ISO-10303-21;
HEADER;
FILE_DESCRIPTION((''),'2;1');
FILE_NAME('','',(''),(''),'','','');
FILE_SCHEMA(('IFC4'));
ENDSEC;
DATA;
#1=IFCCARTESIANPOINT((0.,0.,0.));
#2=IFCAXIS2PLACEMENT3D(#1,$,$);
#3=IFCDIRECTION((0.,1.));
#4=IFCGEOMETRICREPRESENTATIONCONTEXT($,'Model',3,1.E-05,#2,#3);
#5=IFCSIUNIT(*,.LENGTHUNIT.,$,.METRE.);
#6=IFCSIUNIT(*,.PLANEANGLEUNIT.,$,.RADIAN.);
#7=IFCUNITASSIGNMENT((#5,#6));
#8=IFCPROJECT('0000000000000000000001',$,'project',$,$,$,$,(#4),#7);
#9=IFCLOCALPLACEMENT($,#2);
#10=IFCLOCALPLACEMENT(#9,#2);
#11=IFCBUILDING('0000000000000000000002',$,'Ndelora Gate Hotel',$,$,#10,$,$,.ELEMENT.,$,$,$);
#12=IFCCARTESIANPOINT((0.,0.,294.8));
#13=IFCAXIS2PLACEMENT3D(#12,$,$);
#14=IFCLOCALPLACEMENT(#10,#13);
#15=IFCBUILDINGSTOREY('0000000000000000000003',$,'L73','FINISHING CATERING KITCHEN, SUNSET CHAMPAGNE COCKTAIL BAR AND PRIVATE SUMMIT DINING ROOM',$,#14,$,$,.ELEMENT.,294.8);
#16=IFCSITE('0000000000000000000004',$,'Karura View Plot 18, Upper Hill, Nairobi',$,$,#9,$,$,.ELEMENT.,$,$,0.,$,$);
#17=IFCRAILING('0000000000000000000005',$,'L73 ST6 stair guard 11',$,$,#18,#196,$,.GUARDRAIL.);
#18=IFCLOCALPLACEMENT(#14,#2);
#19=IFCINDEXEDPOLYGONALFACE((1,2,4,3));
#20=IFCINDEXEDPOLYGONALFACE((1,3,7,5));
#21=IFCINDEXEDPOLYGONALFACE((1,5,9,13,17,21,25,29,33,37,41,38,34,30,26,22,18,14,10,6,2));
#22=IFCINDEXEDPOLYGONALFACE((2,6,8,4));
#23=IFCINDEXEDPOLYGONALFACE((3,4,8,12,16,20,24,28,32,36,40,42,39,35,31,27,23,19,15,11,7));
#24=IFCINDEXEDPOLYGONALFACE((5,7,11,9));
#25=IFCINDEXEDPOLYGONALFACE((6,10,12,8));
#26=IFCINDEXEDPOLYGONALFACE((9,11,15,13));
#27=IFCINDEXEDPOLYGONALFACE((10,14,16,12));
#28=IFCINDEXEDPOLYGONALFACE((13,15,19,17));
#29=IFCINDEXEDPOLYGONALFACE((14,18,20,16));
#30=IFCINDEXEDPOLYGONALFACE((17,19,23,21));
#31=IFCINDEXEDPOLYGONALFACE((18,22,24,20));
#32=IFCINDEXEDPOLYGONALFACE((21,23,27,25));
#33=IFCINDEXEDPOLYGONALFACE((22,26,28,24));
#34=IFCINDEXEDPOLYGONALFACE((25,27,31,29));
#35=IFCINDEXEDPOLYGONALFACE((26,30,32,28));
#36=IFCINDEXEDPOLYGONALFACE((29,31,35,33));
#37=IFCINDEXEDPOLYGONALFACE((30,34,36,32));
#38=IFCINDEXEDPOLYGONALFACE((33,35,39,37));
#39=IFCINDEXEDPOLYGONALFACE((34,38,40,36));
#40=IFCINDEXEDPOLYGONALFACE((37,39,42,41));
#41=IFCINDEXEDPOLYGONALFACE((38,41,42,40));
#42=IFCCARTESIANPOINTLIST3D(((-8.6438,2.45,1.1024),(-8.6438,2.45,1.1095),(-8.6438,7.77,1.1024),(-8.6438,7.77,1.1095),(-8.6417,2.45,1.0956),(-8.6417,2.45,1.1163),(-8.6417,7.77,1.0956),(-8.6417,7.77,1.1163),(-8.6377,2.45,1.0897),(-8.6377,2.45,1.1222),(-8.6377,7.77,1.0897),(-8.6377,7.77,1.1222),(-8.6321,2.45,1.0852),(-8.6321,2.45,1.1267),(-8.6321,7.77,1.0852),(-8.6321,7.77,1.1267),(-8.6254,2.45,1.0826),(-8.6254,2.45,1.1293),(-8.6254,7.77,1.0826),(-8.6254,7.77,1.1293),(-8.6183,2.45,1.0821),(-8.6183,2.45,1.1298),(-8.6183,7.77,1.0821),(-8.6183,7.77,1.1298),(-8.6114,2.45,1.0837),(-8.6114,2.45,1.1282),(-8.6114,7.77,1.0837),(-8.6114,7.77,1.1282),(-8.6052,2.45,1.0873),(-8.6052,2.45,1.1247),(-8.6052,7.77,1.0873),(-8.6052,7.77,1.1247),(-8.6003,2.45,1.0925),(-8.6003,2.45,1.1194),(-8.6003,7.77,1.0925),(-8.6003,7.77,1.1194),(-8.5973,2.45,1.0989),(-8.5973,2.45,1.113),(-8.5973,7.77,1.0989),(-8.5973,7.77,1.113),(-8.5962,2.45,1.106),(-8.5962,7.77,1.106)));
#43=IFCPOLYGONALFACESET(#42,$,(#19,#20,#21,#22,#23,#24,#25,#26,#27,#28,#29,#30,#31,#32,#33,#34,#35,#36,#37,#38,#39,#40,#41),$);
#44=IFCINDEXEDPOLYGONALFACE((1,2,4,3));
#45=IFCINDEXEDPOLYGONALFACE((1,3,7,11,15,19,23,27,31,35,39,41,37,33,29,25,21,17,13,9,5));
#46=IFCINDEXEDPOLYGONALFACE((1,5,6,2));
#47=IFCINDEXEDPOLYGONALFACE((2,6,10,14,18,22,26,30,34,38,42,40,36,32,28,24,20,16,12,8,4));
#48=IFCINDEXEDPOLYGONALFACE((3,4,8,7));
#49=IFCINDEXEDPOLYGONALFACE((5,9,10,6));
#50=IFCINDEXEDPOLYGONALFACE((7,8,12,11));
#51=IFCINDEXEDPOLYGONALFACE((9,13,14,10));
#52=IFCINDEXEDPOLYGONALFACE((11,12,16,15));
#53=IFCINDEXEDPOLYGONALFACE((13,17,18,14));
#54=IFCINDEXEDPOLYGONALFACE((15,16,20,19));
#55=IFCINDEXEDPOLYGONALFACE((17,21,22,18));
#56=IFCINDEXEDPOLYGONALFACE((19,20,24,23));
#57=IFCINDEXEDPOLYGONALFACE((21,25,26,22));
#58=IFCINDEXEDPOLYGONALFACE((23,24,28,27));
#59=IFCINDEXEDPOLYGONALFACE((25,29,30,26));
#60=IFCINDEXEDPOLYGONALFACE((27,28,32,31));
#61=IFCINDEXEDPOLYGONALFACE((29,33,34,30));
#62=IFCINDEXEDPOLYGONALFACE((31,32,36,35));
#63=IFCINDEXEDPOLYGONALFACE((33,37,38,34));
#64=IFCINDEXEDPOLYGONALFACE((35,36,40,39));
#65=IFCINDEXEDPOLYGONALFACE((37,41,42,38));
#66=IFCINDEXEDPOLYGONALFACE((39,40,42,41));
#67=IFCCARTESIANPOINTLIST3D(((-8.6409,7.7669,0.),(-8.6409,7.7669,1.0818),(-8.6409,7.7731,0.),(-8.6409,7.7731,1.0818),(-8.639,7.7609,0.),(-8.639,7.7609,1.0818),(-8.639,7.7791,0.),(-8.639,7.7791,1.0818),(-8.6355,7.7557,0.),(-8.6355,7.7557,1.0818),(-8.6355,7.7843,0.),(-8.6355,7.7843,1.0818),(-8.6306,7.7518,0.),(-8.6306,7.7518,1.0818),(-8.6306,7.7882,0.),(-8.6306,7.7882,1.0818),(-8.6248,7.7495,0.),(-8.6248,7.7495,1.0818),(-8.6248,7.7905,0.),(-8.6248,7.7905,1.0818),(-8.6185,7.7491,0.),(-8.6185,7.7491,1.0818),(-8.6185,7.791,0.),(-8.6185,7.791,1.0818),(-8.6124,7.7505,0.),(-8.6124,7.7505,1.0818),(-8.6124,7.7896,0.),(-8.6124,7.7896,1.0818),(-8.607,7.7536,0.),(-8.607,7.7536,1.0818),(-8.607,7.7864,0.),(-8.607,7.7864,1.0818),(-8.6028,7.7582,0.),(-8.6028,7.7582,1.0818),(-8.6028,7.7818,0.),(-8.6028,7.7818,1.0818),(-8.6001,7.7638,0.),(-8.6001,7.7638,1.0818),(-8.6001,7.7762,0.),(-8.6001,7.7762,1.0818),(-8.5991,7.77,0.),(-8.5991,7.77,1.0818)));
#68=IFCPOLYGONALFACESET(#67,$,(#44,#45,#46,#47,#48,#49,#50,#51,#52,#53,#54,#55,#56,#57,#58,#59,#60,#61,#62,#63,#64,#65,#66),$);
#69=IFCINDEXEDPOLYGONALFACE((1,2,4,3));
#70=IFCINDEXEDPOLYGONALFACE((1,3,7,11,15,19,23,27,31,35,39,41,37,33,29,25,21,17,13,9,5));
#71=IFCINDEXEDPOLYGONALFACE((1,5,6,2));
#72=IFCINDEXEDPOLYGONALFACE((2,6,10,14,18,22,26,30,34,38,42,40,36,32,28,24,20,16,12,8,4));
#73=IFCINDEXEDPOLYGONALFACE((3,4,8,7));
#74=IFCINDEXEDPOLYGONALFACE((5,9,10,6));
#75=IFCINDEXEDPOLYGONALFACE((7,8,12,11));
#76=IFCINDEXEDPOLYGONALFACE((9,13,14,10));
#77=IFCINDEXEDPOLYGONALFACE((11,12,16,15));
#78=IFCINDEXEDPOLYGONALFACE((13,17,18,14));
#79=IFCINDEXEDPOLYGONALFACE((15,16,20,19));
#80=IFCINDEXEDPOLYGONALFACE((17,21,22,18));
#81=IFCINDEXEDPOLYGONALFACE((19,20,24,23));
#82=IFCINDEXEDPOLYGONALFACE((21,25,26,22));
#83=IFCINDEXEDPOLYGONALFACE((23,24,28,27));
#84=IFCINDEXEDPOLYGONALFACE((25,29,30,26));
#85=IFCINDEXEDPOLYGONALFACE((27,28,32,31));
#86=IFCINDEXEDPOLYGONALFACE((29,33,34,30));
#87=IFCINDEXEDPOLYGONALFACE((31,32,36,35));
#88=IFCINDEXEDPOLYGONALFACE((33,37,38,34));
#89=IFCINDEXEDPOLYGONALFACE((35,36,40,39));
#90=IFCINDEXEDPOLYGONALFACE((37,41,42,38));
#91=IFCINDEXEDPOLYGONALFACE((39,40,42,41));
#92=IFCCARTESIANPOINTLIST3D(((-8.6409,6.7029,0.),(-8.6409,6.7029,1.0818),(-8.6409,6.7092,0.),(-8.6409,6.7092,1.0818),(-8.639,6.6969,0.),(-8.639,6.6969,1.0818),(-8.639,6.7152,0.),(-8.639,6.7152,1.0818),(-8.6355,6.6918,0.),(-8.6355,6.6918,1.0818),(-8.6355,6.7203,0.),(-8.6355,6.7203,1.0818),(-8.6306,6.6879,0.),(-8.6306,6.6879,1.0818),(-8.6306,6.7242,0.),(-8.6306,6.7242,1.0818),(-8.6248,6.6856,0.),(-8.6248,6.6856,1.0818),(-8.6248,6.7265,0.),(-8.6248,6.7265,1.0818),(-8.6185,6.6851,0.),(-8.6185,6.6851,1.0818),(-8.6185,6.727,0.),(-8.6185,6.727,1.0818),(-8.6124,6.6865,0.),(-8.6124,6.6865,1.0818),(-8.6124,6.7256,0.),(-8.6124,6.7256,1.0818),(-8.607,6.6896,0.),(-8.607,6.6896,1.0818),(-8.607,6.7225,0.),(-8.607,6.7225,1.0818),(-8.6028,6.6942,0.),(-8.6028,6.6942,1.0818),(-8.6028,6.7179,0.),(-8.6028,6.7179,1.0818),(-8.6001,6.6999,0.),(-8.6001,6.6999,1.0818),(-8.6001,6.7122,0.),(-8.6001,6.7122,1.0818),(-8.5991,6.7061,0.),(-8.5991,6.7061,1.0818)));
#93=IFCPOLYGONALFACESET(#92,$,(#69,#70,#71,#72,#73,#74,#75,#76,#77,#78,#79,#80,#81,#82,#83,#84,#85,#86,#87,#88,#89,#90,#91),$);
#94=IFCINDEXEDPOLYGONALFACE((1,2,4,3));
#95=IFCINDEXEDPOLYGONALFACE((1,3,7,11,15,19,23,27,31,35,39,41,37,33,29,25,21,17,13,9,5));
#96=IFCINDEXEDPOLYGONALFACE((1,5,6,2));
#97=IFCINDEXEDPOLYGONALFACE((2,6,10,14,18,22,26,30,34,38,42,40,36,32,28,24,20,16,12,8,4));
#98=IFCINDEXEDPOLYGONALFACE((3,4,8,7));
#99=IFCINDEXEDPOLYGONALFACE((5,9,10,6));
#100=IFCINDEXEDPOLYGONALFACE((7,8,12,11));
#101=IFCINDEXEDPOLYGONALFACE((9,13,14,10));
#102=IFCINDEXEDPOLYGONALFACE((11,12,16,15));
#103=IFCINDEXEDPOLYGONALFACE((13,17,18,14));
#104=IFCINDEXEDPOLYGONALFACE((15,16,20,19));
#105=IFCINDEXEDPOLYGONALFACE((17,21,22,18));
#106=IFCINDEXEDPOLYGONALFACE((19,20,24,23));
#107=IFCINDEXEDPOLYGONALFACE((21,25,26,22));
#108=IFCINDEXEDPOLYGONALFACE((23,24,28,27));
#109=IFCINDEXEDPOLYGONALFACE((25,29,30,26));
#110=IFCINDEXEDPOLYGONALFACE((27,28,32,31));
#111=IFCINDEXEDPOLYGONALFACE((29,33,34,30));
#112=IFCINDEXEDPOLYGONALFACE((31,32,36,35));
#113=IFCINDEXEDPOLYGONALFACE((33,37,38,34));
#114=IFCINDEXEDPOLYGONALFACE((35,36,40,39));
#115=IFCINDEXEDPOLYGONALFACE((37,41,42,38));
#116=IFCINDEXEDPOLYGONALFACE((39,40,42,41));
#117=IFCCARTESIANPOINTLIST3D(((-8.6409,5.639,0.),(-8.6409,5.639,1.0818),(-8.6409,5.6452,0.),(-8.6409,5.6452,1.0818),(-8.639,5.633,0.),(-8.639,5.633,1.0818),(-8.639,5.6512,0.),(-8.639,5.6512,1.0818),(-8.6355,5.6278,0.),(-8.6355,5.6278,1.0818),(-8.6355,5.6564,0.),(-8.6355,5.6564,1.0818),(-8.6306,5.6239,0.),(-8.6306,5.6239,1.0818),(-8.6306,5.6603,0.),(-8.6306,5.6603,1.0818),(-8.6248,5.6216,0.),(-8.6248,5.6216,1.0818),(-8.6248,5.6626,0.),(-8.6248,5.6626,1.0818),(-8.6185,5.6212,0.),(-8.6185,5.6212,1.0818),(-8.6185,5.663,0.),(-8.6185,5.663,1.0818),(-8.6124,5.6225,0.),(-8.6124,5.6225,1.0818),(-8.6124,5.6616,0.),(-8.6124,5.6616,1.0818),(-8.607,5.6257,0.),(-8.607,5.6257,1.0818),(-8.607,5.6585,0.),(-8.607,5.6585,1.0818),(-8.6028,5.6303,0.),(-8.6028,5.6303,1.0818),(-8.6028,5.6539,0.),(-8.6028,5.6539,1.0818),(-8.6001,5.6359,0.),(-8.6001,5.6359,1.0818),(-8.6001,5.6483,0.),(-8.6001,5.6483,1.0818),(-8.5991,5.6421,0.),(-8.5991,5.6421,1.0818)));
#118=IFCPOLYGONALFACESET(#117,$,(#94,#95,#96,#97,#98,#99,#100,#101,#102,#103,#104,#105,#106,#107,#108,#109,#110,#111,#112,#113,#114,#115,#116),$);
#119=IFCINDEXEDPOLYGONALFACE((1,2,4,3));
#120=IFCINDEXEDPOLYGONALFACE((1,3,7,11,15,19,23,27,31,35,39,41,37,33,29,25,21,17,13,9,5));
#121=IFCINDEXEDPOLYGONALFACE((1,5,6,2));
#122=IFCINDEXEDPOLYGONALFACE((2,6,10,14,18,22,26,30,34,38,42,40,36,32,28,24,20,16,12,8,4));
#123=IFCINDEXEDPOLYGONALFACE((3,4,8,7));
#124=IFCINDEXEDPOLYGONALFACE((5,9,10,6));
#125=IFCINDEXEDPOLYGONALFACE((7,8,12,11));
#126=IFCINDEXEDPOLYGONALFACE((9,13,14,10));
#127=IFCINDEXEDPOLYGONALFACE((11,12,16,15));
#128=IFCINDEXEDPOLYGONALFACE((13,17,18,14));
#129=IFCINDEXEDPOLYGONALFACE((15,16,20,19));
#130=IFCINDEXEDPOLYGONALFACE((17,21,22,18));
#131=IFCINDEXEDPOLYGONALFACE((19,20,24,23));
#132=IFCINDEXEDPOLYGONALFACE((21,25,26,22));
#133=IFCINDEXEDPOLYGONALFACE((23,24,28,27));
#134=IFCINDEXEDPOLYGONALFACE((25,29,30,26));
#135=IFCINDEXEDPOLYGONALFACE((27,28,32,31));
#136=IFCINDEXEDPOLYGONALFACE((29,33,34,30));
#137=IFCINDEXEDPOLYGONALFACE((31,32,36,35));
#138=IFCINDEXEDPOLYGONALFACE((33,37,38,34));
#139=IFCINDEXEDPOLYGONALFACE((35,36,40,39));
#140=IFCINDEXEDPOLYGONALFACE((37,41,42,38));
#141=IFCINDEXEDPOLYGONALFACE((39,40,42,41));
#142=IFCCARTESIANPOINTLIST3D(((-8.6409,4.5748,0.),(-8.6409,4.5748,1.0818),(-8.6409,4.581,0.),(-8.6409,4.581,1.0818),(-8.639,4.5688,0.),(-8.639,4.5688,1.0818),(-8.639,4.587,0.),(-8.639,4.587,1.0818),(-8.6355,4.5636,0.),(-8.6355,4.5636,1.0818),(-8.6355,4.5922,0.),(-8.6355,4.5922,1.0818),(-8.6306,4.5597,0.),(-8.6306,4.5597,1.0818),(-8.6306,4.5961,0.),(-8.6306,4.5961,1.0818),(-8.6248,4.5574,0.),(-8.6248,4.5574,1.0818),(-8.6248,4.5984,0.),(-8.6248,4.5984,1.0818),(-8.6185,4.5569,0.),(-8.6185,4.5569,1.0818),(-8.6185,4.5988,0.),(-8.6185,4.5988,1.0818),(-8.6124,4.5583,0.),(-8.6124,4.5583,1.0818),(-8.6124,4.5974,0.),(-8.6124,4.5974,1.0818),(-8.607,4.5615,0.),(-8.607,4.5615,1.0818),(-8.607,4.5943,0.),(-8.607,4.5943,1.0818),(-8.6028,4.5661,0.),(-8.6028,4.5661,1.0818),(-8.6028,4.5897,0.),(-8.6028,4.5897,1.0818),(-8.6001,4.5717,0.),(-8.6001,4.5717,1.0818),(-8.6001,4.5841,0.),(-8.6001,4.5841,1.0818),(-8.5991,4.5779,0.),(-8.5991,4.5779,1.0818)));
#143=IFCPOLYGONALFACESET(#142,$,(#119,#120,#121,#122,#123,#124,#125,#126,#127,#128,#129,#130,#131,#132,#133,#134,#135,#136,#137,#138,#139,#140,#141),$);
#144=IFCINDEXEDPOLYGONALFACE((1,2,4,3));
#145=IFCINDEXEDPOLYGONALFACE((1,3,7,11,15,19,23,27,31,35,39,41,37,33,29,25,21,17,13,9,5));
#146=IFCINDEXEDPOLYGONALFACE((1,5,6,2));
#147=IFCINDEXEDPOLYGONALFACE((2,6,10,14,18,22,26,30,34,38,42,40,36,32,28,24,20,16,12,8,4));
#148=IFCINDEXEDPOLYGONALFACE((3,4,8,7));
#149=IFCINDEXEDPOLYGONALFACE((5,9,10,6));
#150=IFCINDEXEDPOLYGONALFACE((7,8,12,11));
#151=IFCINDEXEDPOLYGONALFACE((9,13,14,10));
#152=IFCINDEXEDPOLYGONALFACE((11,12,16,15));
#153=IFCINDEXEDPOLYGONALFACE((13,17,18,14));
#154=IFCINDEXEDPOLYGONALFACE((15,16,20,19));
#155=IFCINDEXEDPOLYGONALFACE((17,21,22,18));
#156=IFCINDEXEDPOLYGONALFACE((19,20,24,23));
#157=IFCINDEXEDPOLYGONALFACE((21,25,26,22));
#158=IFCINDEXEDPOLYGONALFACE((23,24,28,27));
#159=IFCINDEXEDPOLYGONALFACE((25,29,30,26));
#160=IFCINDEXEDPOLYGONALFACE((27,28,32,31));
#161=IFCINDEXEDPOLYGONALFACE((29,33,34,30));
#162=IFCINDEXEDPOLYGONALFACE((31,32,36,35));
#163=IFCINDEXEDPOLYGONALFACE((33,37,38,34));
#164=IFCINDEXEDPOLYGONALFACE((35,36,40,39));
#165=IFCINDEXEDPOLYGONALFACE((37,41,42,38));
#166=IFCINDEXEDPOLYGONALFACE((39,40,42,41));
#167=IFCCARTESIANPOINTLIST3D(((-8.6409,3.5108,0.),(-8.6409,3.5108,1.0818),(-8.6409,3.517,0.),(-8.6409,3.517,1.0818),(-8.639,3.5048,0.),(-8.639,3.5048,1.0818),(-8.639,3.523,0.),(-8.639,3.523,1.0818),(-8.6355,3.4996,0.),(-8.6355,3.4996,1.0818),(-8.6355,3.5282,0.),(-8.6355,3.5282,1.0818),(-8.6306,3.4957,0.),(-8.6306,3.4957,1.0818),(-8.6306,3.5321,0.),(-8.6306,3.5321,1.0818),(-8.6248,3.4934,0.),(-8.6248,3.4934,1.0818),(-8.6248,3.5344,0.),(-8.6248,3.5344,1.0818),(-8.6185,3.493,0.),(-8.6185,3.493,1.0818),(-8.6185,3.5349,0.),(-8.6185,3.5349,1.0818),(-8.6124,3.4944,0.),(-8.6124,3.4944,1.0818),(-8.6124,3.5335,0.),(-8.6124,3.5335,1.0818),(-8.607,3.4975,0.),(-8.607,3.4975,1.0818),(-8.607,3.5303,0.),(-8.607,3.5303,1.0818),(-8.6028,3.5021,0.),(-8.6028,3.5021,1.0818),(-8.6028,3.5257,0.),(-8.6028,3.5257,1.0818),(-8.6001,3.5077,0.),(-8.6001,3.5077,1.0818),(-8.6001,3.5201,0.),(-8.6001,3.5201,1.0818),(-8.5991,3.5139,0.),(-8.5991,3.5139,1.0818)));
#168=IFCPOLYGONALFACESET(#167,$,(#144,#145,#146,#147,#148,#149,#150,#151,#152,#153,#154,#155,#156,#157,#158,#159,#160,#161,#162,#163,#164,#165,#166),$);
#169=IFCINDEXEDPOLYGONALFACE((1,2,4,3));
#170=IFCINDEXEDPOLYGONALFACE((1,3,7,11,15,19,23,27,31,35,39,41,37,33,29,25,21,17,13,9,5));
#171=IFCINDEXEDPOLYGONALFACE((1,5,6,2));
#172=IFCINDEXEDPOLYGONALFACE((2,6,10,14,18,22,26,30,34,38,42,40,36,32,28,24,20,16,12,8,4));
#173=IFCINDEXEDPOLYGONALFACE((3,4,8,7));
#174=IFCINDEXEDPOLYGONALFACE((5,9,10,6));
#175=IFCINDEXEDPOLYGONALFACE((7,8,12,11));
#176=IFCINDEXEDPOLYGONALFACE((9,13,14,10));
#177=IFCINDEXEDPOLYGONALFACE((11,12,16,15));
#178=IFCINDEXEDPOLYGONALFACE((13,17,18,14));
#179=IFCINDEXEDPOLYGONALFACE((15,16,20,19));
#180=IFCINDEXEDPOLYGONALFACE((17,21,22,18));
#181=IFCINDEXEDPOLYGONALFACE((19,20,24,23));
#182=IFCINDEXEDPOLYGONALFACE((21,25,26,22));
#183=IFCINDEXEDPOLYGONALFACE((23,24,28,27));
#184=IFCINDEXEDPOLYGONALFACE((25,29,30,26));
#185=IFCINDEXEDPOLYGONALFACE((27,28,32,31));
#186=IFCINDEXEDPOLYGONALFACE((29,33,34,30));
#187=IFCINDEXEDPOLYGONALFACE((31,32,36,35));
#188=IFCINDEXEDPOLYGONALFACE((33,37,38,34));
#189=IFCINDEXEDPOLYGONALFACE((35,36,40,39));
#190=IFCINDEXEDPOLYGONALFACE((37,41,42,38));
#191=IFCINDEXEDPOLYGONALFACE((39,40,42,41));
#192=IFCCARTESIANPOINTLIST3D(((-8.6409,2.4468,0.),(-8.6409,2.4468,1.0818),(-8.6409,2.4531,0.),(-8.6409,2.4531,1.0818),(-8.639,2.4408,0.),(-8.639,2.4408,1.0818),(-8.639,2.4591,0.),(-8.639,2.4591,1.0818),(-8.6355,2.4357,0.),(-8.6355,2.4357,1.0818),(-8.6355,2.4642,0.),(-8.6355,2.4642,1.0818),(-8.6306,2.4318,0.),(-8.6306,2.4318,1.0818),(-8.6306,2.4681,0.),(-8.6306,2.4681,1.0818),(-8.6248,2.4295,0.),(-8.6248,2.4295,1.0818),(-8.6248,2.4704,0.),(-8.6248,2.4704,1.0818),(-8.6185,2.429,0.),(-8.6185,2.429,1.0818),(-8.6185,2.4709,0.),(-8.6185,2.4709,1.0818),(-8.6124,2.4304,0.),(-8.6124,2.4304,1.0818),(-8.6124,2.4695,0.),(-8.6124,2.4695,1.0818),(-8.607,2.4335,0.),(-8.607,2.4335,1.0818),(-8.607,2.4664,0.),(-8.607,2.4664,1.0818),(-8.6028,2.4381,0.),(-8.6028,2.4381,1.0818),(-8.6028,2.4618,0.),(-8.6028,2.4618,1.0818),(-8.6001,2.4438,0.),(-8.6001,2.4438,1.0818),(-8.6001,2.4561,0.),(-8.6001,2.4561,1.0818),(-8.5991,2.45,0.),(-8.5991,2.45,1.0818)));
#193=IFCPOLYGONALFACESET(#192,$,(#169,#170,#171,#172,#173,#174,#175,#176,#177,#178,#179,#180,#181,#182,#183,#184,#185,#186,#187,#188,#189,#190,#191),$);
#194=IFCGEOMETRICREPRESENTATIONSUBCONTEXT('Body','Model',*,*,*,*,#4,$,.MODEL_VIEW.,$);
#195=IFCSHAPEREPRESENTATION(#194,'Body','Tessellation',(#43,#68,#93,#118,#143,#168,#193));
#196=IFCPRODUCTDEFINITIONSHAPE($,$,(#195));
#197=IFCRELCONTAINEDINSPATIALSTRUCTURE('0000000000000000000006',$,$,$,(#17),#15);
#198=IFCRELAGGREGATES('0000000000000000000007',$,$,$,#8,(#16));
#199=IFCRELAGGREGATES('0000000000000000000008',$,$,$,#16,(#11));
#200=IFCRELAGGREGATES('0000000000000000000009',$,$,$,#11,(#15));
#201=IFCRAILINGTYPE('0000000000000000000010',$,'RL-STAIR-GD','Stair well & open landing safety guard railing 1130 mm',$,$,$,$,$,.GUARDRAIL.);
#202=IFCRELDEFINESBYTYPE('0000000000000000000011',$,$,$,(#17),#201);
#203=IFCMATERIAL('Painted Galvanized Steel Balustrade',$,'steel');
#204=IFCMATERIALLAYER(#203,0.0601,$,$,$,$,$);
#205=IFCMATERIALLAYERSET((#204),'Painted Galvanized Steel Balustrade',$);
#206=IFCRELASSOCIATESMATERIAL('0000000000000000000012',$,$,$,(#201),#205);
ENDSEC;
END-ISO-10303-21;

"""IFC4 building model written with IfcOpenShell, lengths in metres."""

from ifc_helpers import new_model, si_unit, direction, frame, origin, origin_2d, place, context, subcontext, project, spatial, circle, extrude, material, layer, layer_set, type_object, element, save


model = new_model("IFC4")

# Units and contexts
model_context = context("Model", 3, precision=1e-05, world=origin(), true_north=direction((0.0, 1.0)))
body_context = subcontext(model_context, "Body", "Model", "MODEL_VIEW")
ifc_project = project(units=[si_unit("LENGTHUNIT", "METRE"), si_unit("PLANEANGLEUNIT", "RADIAN")], contexts=[model_context])

# Site, building, storey
site_placement = place(None, origin())
site = spatial("IfcSite", under=ifc_project, at=site_placement, Name="Karura View Plot 18, Upper Hill, Nairobi", CompositionType="ELEMENT", RefElevation=0.0)
building_placement = place(site_placement, origin())
building = spatial("IfcBuilding", under=site, at=building_placement, Name="Ndelora Gate Hotel", CompositionType="ELEMENT")
storey_placement = place(building_placement, frame((0.0, 0.0, 294.8)))
storey = spatial("IfcBuildingStorey", under=building, at=storey_placement, Name="L73", Description="FINISHING CATERING KITCHEN, SUNSET CHAMPAGNE COCKTAIL BAR AND PRIVATE SUMMIT DINING ROOM", CompositionType="ELEMENT", Elevation=294.8)

# Railing
ifc_material_1 = material(Name="Painted Galvanized Steel Balustrade", Category="steel")
ifc_layer_1 = layer(ifc_material_1, 0.0601)
ifc_layer_set_1 = layer_set([ifc_layer_1], Name="Painted Galvanized Steel Balustrade")
railing_type_1 = type_object("IfcRailingType", Name="RL-STAIR-GD", Description="Stair well & open landing safety guard railing 1130 mm", PredefinedType="GUARDRAIL", material=ifc_layer_set_1)
for number, where, name in (
    (1, (-8.6201, 7.77, 0.0), "L73 ST6 stair guard 11"),
):
    element("IfcRailing", number, at=place(storey_placement, frame(where)), inside=storey, type_object=railing_type_1, Name=name, PredefinedType="GUARDRAIL", context=body_context, shape_type="SweptSolid", body=[
        extrude(circle(Radius=0.0239, at=origin_2d()), frame((0.0, 0.0, 1.106), z_axis=(0.0, -1.0, 0.0), x_axis=(1.0, 0.0, 0.0)), (0.0, 0.0, 1.0), 5.3201),
        extrude(circle(Radius=0.021, at=origin_2d()), origin(), (0.0, 0.0, 1.0), 1.0818),
        extrude(circle(Radius=0.021, at=origin_2d()), frame((0.0, -1.064, 0.0)), (0.0, 0.0, 1.0), 1.0818),
        extrude(circle(Radius=0.021, at=origin_2d()), frame((0.0, -2.1279, 0.0)), (0.0, 0.0, 1.0), 1.0818),
        extrude(circle(Radius=0.021, at=origin_2d()), frame((0.0, -3.1921, 0.0)), (0.0, 0.0, 1.0), 1.0818),
        extrude(circle(Radius=0.021, at=origin_2d()), frame((0.0, -4.2561, 0.0)), (0.0, 0.0, 1.0), 1.0818),
        extrude(circle(Radius=0.021, at=origin_2d()), frame((0.0, -5.3201, 0.0)), (0.0, 0.0, 1.0), 1.0818),
    ])

save(model, "model.ifc")
